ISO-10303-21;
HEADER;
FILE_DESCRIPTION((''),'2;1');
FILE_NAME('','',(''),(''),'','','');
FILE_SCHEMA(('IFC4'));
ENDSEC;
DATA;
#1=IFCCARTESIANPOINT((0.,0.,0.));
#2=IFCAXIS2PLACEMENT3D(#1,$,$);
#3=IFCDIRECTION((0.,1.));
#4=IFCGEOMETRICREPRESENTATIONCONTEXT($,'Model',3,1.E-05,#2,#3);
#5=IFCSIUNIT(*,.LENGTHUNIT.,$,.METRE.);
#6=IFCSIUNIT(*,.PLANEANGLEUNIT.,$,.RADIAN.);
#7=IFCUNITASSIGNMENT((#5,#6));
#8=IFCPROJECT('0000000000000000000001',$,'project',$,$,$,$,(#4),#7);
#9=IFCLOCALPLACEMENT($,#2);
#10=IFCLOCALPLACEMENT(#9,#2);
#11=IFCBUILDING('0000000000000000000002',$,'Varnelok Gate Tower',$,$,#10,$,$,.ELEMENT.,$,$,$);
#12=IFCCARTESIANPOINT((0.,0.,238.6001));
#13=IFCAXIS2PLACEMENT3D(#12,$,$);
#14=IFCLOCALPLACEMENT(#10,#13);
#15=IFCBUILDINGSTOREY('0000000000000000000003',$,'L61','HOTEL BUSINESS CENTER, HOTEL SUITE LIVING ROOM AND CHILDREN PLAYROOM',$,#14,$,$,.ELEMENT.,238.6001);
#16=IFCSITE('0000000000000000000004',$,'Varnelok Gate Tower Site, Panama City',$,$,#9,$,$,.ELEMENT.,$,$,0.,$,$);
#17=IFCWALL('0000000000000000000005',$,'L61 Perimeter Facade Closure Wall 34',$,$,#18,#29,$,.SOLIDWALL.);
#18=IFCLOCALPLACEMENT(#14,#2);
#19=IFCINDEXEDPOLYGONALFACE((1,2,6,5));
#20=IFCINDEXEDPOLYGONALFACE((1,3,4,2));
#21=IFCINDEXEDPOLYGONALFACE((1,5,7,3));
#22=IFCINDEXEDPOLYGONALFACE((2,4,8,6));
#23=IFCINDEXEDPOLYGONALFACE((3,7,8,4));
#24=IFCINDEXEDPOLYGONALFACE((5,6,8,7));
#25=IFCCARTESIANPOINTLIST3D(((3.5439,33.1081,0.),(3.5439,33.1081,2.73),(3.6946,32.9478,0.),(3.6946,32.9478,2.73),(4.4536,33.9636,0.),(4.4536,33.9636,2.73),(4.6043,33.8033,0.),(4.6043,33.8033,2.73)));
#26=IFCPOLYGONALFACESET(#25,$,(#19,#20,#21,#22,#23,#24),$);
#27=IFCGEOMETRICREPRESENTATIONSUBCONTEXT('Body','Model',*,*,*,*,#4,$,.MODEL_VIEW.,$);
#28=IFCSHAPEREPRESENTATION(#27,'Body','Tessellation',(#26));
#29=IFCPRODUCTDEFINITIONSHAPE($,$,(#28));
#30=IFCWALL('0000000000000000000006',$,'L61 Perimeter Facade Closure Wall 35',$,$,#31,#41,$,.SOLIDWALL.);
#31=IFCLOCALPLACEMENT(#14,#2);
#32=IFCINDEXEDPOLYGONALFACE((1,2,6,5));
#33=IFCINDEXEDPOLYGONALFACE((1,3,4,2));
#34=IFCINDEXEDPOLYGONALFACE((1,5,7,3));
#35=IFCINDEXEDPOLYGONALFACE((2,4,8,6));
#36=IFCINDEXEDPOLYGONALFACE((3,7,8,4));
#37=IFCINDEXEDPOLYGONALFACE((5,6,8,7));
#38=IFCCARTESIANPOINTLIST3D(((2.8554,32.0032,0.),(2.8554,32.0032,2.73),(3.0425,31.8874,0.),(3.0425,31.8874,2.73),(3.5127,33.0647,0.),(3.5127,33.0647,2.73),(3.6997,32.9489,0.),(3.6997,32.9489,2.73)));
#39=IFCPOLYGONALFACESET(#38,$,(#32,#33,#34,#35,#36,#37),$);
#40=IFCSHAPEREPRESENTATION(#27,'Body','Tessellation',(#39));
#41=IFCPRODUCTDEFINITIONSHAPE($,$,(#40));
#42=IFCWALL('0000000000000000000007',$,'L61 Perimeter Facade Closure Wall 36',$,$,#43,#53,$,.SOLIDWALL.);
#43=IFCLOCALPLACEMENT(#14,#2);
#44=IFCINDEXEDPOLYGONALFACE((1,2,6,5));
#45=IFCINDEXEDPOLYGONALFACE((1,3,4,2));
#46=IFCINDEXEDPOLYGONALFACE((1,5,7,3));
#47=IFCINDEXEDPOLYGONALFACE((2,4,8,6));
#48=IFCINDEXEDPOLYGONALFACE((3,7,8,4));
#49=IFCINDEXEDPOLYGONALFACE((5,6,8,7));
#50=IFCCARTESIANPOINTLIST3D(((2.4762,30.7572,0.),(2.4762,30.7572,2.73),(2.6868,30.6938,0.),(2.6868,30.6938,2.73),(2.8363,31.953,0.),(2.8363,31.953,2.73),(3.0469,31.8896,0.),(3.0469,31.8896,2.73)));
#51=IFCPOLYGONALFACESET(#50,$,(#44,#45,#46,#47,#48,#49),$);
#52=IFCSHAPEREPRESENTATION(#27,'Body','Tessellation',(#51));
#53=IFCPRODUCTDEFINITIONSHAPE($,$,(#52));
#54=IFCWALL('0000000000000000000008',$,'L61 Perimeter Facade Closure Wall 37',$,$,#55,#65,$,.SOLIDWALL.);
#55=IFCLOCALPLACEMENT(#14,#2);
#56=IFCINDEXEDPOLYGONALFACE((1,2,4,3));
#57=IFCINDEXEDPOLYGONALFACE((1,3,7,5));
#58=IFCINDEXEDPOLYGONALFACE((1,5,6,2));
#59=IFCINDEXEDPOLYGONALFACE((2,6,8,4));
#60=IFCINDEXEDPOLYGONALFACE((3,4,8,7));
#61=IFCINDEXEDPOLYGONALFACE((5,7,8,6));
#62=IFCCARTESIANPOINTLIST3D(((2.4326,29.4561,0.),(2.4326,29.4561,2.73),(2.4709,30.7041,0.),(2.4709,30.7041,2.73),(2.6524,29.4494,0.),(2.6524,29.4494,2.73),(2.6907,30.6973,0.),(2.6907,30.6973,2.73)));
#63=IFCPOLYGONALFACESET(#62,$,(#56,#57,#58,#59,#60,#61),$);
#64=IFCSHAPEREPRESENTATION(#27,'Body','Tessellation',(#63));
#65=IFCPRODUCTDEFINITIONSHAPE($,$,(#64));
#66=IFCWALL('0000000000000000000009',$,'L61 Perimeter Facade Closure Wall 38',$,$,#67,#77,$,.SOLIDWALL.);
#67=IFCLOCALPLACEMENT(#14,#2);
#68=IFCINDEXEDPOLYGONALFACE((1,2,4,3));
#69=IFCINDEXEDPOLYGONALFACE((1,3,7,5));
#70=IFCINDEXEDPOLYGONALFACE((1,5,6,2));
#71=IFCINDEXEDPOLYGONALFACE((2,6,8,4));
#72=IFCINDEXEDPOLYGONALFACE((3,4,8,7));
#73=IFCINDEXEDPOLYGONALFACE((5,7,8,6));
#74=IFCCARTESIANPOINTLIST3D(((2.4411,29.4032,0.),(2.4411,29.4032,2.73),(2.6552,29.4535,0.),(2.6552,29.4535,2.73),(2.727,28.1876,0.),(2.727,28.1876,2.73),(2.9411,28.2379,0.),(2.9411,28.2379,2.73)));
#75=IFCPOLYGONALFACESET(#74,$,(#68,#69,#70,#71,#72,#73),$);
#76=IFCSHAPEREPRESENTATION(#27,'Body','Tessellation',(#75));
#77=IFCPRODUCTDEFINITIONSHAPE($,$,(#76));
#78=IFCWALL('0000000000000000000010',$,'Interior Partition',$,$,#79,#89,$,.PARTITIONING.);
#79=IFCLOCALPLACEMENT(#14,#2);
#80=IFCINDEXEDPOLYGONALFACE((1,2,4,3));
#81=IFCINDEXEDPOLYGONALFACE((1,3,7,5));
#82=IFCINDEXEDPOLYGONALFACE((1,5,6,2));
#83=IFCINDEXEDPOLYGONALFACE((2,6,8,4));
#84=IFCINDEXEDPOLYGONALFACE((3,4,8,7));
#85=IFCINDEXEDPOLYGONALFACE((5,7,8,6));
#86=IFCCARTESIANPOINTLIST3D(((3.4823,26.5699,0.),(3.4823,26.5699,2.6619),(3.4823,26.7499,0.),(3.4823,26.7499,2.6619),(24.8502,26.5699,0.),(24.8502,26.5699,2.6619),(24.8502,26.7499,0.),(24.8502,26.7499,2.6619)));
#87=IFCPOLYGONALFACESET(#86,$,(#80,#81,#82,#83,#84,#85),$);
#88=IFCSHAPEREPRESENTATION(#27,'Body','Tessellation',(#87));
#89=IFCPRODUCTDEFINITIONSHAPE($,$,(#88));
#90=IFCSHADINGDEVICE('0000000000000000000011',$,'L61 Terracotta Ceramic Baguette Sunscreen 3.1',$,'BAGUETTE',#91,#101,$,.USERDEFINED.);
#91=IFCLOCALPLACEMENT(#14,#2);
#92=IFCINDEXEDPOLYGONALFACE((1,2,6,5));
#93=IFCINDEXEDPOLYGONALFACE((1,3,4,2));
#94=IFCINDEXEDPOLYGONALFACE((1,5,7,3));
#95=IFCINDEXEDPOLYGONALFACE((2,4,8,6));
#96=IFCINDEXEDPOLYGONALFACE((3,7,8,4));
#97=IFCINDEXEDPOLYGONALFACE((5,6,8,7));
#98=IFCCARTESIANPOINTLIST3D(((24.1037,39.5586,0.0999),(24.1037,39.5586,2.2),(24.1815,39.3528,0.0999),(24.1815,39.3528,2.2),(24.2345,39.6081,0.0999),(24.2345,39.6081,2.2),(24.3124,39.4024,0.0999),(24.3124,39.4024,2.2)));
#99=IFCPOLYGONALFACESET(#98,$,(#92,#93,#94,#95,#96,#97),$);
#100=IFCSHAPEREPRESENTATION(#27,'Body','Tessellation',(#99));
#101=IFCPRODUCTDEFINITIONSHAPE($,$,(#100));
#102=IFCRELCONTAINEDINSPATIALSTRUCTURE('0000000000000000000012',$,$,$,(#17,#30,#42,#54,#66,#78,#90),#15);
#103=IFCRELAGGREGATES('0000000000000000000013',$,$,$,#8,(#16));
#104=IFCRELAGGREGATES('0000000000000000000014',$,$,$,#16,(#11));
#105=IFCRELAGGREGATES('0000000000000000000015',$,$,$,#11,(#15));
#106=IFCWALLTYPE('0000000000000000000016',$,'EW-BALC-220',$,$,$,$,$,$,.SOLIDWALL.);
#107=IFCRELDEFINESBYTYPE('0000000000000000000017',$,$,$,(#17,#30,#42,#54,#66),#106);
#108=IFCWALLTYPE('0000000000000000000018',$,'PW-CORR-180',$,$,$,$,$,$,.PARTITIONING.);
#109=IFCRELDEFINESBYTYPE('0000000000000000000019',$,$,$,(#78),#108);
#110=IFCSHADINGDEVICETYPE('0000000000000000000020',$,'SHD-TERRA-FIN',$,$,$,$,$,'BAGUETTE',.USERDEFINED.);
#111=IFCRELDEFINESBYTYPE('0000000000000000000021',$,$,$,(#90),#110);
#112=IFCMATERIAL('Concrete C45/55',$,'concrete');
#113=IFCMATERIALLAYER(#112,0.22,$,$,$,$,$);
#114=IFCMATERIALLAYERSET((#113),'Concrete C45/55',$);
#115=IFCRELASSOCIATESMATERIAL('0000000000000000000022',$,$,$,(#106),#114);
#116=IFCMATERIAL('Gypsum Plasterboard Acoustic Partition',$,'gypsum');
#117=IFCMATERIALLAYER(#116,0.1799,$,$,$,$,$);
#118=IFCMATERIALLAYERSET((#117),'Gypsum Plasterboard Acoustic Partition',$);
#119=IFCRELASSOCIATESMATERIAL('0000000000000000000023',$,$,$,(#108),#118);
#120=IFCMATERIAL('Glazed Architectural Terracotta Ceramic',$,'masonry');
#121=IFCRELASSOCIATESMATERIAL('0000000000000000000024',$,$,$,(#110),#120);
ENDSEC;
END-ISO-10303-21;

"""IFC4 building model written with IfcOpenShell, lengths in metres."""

from ifc_helpers import new_model, si_unit, direction, frame, frame_2d, origin, origin_2d, place, context, subcontext, project, spatial, rectangle, extrude, source, transform, mapped, material, layer, layer_set, type_object, element, save


model = new_model("IFC4")

# Units and contexts
model_context = context("Model", 3, precision=1e-05, world=origin(), true_north=direction((0.0, 1.0)))
body_context = subcontext(model_context, "Body", "Model", "MODEL_VIEW")
ifc_project = project(units=[si_unit("LENGTHUNIT", "METRE"), si_unit("PLANEANGLEUNIT", "RADIAN")], contexts=[model_context])

# Site, building, storey
site_placement = place(None, origin())
site = spatial("IfcSite", under=ifc_project, at=site_placement, Name="Varnelok Gate Tower Site, Panama City", CompositionType="ELEMENT", RefElevation=0.0)
building_placement = place(site_placement, origin())
building = spatial("IfcBuilding", under=site, at=building_placement, Name="Varnelok Gate Tower", CompositionType="ELEMENT")
storey_placement = place(building_placement, frame((0.0, 0.0, 238.6001)))
storey = spatial("IfcBuildingStorey", under=building, at=storey_placement, Name="L61", Description="HOTEL BUSINESS CENTER, HOTEL SUITE LIVING ROOM AND CHILDREN PLAYROOM", CompositionType="ELEMENT", Elevation=238.6001)

# Shared definitions
ifc_material_1 = material(Name="Concrete C45/55", Category="concrete")
ifc_layer_1 = layer(ifc_material_1, 0.22)
ifc_layer_set_1 = layer_set([ifc_layer_1], Name="Concrete C45/55")
wall_type_1 = type_object("IfcWallType", Name="EW-BALC-220", PredefinedType="SOLIDWALL", material=ifc_layer_set_1)

# Walls
wall_1_placement = place(storey_placement, frame((4.5291, 33.8835, 0.0), z_axis=(0.0, 0.0, 1.0), x_axis=(-0.728475, -0.685072, 0.0)))
element("IfcWall", 1, at=wall_1_placement, inside=storey, type_object=wall_type_1, Name="L61 Perimeter Facade Closure Wall 34", PredefinedType="SOLIDWALL", context=body_context, shape_type="SweptSolid", body=[
    extrude(rectangle(XDim=1.2488, YDim=0.22, at=frame_2d((0.6245, 0.0))), origin(), (0.0, 0.0, 1.0), 2.73),
])
wall_2_placement = place(storey_placement, frame((3.6062, 33.0068, 0.0), z_axis=(0.0, 0.0, 1.0), x_axis=(-0.526408, -0.850232, 0.0)))
element("IfcWall", 2, at=wall_2_placement, inside=storey, type_object=wall_type_1, Name="L61 Perimeter Facade Closure Wall 35", PredefinedType="SOLIDWALL", context=body_context, shape_type="SweptSolid", body=[
    extrude(rectangle(XDim=1.2485, YDim=0.22, at=frame_2d((0.6243, 0.0))), origin(), (0.0, 0.0, 1.0), 2.73),
])
wall_3_placement = place(storey_placement, frame((2.9417, 31.9214, 0.0), z_axis=(0.0, 0.0, 1.0), x_axis=(-0.288352, -0.957524, 0.0)))
element("IfcWall", 3, at=wall_3_placement, inside=storey, type_object=wall_type_1, Name="L61 Perimeter Facade Closure Wall 36", PredefinedType="SOLIDWALL", context=body_context, shape_type="SweptSolid", body=[
    extrude(rectangle(XDim=1.2488, YDim=0.22, at=frame_2d((0.6245, 0.0))), origin(), (0.0, 0.0, 1.0), 2.73),
])
wall_4_placement = place(storey_placement, frame((2.5808, 30.7007, 0.0), z_axis=(0.0, 0.0, 1.0), x_axis=(-0.030698, -0.999529, 0.0)))
element("IfcWall", 4, at=wall_4_placement, inside=storey, type_object=wall_type_1, Name="L61 Perimeter Facade Closure Wall 37", PredefinedType="SOLIDWALL", context=body_context, shape_type="SweptSolid", body=[
    extrude(rectangle(XDim=1.2485, YDim=0.22, at=frame_2d((0.6243, 0.0))), origin(), (0.0, 0.0, 1.0), 2.73),
])
wall_5_placement = place(storey_placement, frame((2.5481, 29.4285, 0.0), z_axis=(0.0, 0.0, 1.0), x_axis=(0.228941, -0.97344, 0.0)))
element("IfcWall", 5, at=wall_5_placement, inside=storey, type_object=wall_type_1, Name="L61 Perimeter Facade Closure Wall 38", PredefinedType="SOLIDWALL", context=body_context, shape_type="SweptSolid", body=[
    extrude(rectangle(XDim=1.2488, YDim=0.22, at=frame_2d((0.6245, 0.0))), origin(), (0.0, 0.0, 1.0), 2.73),
])
ifc_material_2 = material(Name="Gypsum Plasterboard Acoustic Partition", Category="gypsum")
ifc_layer_2 = layer(ifc_material_2, 0.1799)
ifc_layer_set_2 = layer_set([ifc_layer_2], Name="Gypsum Plasterboard Acoustic Partition")
wall_type_2 = type_object("IfcWallType", Name="PW-CORR-180", PredefinedType="PARTITIONING", material=ifc_layer_set_2)
wall_6_placement = place(storey_placement, frame((3.4822, 26.6599, 0.0), z_axis=(0.0, 0.0, 1.0), x_axis=(1.0, 0.0, 0.0)))
element("IfcWall", 6, at=wall_6_placement, inside=storey, type_object=wall_type_2, Name="Interior Partition", PredefinedType="PARTITIONING", context=body_context, shape_type="SweptSolid", body=[
    extrude(rectangle(XDim=21.3679, YDim=0.1799, at=frame_2d((10.6841, 0.0))), origin(), (0.0, 0.0, 1.0), 2.6619),
])

# Shading device
ifc_material_3 = material(Name="Glazed Architectural Terracotta Ceramic", Category="masonry")
shading_device_type = type_object("IfcShadingDeviceType", Name="SHD-TERRA-FIN", ElementType="BAGUETTE", PredefinedType="USERDEFINED", material=ifc_material_3)
shared_shape_1 = source(origin(), body_context, "Body", "SweptSolid", [
    extrude(rectangle(XDim=0.1399, YDim=0.22, at=origin_2d()), origin(), (0.0, 0.0, 1.0), 2.1001),
])
shading_device_placement = place(storey_placement, frame((24.208, 39.4805, 0.0999), z_axis=(0.0, 0.0, 1.0), x_axis=(0.935222, 0.354063, 0.0)))
element("IfcShadingDevice", 7, at=shading_device_placement, inside=storey, type_object=shading_device_type, Name="L61 Terracotta Ceramic Baguette Sunscreen 3.1", ObjectType="BAGUETTE", PredefinedType="USERDEFINED", context=body_context, shape_type="MappedRepresentation", body=[
    mapped(shared_shape_1, transform((0.0, 0.0, 0.0), scale=1.0)),
])

save(model, "model.ifc")
